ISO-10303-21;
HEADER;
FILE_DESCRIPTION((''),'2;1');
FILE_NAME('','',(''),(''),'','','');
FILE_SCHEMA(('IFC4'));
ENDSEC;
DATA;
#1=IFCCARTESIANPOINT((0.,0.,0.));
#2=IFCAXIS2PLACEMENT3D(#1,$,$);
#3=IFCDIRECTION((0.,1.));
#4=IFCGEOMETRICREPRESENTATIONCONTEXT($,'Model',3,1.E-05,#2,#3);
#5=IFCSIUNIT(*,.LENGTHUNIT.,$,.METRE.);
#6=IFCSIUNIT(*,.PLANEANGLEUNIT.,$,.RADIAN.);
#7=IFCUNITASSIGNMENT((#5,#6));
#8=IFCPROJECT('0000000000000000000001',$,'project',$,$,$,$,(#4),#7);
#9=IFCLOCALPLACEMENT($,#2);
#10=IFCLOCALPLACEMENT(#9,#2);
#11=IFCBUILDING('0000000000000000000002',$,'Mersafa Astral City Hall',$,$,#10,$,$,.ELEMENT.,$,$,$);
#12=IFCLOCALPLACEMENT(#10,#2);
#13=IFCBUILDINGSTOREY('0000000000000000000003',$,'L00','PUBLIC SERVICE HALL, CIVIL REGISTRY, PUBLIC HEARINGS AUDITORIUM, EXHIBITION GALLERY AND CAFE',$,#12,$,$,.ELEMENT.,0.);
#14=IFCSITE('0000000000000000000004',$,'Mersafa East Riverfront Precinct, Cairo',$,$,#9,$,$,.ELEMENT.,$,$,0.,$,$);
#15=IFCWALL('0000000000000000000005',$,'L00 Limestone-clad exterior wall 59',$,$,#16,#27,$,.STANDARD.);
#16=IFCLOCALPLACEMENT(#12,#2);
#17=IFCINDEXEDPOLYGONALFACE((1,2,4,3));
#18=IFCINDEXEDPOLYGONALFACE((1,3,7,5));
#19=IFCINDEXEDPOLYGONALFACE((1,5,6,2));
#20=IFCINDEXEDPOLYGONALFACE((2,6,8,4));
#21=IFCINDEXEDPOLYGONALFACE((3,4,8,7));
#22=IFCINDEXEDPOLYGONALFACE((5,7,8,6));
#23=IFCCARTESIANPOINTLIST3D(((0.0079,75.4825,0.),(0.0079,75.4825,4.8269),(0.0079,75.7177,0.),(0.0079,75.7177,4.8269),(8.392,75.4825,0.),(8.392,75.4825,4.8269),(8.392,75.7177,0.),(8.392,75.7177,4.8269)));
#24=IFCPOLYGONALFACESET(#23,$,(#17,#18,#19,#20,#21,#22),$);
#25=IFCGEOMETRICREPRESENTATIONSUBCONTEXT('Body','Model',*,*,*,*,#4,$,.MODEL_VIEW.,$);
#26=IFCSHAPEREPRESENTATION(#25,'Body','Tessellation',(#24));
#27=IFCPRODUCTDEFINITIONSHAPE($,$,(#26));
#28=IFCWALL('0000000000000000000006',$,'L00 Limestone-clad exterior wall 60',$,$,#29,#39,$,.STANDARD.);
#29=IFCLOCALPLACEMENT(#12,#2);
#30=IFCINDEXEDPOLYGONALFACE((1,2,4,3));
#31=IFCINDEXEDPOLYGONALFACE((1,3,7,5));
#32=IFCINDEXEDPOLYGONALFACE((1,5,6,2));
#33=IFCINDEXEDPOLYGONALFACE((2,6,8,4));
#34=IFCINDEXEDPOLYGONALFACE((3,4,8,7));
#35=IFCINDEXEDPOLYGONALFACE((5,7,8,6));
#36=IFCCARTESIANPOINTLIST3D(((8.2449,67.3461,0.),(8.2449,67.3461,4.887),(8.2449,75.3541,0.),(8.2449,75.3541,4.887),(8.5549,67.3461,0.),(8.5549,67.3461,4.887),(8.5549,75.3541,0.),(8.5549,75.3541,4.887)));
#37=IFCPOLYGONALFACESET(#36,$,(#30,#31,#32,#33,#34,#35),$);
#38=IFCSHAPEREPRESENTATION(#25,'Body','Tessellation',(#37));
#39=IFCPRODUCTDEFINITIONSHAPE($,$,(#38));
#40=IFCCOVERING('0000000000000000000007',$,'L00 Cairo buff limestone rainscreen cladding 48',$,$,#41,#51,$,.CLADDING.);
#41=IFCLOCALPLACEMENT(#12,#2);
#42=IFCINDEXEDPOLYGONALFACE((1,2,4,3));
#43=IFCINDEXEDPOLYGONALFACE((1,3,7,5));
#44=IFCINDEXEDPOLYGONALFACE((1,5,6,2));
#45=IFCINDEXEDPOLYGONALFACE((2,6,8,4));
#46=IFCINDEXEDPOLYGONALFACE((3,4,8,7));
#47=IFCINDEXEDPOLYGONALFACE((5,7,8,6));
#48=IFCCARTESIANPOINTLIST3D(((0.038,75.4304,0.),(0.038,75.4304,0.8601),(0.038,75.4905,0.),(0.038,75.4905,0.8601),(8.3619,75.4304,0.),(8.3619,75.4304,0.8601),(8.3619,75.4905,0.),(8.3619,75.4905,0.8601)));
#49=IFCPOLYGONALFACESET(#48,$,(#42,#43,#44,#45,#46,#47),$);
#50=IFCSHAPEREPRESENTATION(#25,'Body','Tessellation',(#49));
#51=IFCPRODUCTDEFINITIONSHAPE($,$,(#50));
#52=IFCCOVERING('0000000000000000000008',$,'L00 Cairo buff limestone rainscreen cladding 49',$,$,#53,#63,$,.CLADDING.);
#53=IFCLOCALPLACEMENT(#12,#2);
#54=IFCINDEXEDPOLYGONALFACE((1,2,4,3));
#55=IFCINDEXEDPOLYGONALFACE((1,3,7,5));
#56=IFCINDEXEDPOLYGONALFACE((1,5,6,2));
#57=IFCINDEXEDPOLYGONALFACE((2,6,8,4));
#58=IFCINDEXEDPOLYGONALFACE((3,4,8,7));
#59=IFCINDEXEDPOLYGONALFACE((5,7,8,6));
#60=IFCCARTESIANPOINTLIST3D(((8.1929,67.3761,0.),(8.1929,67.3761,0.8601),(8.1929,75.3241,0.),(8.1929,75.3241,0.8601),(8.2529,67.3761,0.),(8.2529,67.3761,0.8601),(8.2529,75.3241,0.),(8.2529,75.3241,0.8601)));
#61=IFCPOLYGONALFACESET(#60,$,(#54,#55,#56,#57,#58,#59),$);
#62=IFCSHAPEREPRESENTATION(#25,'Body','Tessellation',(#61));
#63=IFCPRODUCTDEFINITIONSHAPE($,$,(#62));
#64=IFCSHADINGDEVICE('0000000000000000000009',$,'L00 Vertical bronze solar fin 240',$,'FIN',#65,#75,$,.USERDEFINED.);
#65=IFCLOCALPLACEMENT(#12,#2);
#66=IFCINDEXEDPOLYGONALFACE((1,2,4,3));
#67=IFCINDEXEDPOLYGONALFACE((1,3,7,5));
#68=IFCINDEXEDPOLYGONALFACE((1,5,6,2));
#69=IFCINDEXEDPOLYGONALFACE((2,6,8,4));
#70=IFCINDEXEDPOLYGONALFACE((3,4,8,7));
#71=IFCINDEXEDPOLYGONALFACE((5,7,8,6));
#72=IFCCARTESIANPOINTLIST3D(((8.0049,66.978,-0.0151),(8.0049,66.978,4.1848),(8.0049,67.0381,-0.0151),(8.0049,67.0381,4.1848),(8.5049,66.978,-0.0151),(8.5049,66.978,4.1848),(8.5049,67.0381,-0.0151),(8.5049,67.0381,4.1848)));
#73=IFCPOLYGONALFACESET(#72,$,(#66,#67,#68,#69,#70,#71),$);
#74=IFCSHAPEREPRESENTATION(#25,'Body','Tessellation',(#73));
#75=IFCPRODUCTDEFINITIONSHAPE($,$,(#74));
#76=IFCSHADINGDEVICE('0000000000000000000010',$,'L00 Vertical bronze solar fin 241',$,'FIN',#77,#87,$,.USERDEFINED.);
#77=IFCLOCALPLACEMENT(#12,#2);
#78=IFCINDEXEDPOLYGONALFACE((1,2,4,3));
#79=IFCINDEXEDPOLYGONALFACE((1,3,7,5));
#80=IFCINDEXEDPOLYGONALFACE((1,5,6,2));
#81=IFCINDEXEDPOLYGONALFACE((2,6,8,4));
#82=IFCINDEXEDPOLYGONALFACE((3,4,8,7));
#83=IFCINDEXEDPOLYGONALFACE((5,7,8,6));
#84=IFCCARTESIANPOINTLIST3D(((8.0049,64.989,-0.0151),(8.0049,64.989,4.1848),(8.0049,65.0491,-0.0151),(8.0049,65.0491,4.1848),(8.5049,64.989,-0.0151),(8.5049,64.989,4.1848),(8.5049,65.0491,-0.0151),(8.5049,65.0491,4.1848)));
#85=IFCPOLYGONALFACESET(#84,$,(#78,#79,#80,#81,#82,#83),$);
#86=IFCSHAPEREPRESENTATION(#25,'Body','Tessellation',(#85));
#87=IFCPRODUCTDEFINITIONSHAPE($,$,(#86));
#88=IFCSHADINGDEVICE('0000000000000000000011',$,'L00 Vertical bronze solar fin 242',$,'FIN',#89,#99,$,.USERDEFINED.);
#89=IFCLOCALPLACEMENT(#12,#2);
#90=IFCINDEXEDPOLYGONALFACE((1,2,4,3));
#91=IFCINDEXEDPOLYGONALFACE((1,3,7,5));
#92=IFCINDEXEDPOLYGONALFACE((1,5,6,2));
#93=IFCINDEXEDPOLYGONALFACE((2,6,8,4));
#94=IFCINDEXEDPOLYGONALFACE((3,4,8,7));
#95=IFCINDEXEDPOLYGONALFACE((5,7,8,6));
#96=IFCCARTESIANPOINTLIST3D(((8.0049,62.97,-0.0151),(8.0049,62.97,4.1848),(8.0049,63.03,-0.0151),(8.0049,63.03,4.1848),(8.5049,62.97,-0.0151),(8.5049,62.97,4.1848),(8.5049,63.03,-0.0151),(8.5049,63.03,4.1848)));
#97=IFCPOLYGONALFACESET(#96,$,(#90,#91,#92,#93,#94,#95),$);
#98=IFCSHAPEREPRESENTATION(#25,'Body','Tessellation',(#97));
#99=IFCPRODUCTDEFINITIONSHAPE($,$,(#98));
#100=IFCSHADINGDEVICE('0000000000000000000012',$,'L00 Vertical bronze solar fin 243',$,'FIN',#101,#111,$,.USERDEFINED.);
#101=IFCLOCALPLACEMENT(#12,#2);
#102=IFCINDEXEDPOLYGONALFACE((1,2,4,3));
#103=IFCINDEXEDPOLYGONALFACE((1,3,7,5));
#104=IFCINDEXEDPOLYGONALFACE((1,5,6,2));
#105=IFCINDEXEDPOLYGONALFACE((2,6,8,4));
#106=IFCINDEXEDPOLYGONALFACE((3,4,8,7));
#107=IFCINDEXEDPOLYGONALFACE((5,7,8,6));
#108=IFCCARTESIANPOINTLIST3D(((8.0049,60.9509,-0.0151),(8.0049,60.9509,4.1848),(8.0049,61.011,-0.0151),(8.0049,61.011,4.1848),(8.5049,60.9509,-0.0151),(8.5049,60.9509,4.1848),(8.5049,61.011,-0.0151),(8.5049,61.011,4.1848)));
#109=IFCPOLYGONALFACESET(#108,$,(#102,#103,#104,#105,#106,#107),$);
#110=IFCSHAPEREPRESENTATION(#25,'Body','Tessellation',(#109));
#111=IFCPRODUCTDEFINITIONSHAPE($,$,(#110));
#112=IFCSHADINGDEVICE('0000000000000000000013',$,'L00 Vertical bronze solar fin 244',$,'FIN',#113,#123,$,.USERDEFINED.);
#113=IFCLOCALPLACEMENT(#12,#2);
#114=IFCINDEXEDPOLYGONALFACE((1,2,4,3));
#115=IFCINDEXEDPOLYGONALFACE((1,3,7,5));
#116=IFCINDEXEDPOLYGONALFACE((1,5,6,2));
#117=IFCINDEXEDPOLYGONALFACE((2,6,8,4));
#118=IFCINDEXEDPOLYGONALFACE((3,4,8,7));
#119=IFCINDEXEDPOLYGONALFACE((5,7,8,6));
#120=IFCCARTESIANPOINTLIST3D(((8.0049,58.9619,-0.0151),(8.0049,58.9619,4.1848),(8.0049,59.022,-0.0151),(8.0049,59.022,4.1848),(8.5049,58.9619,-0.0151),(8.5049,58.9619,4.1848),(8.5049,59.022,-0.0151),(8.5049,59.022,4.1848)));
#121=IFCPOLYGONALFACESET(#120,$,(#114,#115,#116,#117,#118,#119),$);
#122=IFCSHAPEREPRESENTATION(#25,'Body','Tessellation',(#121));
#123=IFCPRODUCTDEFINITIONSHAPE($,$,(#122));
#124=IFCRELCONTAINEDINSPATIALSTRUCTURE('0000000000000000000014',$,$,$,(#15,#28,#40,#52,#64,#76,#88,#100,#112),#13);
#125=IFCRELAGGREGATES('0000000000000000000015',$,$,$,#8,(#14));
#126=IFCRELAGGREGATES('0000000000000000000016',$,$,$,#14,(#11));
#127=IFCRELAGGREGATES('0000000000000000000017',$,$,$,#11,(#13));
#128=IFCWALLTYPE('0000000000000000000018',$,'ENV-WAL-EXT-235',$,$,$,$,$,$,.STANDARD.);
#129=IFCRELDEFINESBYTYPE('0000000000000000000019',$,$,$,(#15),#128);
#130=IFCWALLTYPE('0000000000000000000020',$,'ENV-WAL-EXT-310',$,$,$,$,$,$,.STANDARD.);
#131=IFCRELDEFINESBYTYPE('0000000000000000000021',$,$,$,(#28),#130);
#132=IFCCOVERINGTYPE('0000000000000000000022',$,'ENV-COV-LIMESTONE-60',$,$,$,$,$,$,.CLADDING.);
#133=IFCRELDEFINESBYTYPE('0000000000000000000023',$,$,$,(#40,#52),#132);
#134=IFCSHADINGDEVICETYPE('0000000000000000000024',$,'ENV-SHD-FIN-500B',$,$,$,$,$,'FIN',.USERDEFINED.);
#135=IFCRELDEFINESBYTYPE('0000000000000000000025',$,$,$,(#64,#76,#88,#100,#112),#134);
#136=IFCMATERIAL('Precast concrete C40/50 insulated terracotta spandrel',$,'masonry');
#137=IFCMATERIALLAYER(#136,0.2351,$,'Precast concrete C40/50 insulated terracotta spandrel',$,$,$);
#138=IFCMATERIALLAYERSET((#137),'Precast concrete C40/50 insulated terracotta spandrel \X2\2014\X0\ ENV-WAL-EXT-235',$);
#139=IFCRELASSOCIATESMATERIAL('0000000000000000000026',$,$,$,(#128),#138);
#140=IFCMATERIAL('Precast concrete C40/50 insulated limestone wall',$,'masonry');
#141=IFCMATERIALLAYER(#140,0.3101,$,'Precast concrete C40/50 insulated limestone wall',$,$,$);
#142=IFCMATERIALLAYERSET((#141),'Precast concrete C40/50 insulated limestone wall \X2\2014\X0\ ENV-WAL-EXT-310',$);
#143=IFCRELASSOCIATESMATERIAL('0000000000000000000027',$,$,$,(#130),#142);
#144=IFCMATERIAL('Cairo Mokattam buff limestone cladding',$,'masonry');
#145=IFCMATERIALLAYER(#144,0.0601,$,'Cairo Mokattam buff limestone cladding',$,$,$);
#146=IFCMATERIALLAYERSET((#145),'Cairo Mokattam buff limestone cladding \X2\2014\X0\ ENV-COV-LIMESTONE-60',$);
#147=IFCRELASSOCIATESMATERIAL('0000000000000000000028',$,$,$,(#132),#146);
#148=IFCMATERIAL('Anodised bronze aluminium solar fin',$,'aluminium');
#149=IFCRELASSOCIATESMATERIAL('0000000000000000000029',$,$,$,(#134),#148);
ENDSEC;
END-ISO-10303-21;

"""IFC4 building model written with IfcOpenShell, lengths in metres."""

from ifc_helpers import new_model, si_unit, direction, frame, frame_2d, origin, origin_2d, place, context, subcontext, project, spatial, rectangle, extrude, material, layer, layer_set, type_object, element, save


model = new_model("IFC4")

# Units and contexts
model_context = context("Model", 3, precision=1e-05, world=origin(), true_north=direction((0.0, 1.0)))
body_context = subcontext(model_context, "Body", "Model", "MODEL_VIEW")
ifc_project = project(units=[si_unit("LENGTHUNIT", "METRE"), si_unit("PLANEANGLEUNIT", "RADIAN")], contexts=[model_context])

# Site, building, storey
site_placement = place(None, origin())
site = spatial("IfcSite", under=ifc_project, at=site_placement, Name="Mersafa East Riverfront Precinct, Cairo", CompositionType="ELEMENT", RefElevation=0.0)
building_placement = place(site_placement, origin())
building = spatial("IfcBuilding", under=site, at=building_placement, Name="Mersafa Astral City Hall", CompositionType="ELEMENT")
storey_placement = place(building_placement, origin())
storey = spatial("IfcBuildingStorey", under=building, at=storey_placement, Name="L00", Description="PUBLIC SERVICE HALL, CIVIL REGISTRY, PUBLIC HEARINGS AUDITORIUM, EXHIBITION GALLERY AND CAFE", CompositionType="ELEMENT", Elevation=0.0)

# Walls
ifc_material_1 = material(Name="Precast concrete C40/50 insulated terracotta spandrel", Category="masonry")
ifc_layer_1 = layer(ifc_material_1, 0.2351, Name="Precast concrete C40/50 insulated terracotta spandrel")
ifc_layer_set_1 = layer_set([ifc_layer_1], Name="Precast concrete C40/50 insulated terracotta spandrel — ENV-WAL-EXT-235")
wall_type_1 = type_object("IfcWallType", Name="ENV-WAL-EXT-235", PredefinedType="STANDARD", material=ifc_layer_set_1)
wall_1_placement = place(storey_placement, frame((0.0081, 75.6001, 0.0), z_axis=(0.0, 0.0, 1.0), x_axis=(1.0, 0.0, 0.0)))
element("IfcWall", 1, at=wall_1_placement, inside=storey, type_object=wall_type_1, Name="L00 Limestone-clad exterior wall 59", PredefinedType="STANDARD", context=body_context, shape_type="SweptSolid", body=[
    extrude(rectangle(XDim=8.384, YDim=0.2351, at=frame_2d((4.1919, 0.0))), origin(), (0.0, 0.0, 1.0), 4.8269),
])
ifc_material_2 = material(Name="Precast concrete C40/50 insulated limestone wall", Category="masonry")
ifc_layer_2 = layer(ifc_material_2, 0.3101, Name="Precast concrete C40/50 insulated limestone wall")
ifc_layer_set_2 = layer_set([ifc_layer_2], Name="Precast concrete C40/50 insulated limestone wall — ENV-WAL-EXT-310")
wall_type_2 = type_object("IfcWallType", Name="ENV-WAL-EXT-310", PredefinedType="STANDARD", material=ifc_layer_set_2)
wall_2_placement = place(storey_placement, frame((8.3999, 75.354, 0.0), z_axis=(0.0, 0.0, 1.0), x_axis=(0.0, -1.0, 0.0)))
element("IfcWall", 2, at=wall_2_placement, inside=storey, type_object=wall_type_2, Name="L00 Limestone-clad exterior wall 60", PredefinedType="STANDARD", context=body_context, shape_type="SweptSolid", body=[
    extrude(rectangle(XDim=8.0081, YDim=0.3101, at=frame_2d((4.0039, 0.0))), origin(), (0.0, 0.0, 1.0), 4.887),
])

# Coverings
ifc_material_3 = material(Name="Cairo Mokattam buff limestone cladding", Category="masonry")
ifc_layer_3 = layer(ifc_material_3, 0.0601, Name="Cairo Mokattam buff limestone cladding")
ifc_layer_set_3 = layer_set([ifc_layer_3], Name="Cairo Mokattam buff limestone cladding — ENV-COV-LIMESTONE-60")
covering_type = type_object("IfcCoveringType", Name="ENV-COV-LIMESTONE-60", PredefinedType="CLADDING", material=ifc_layer_set_3)
covering_1_placement = place(storey_placement, frame((4.2, 75.4604, 0.0), z_axis=(0.0, 0.0, 1.0), x_axis=(1.0, 0.0, 0.0)))
element("IfcCovering", 3, at=covering_1_placement, inside=storey, type_object=covering_type, Name="L00 Cairo buff limestone rainscreen cladding 48", PredefinedType="CLADDING", context=body_context, shape_type="SweptSolid", body=[
    extrude(rectangle(XDim=8.324, YDim=0.0601, at=origin_2d()), origin(), (0.0, 0.0, 1.0), 0.8601),
])
covering_2_placement = place(storey_placement, frame((8.2229, 71.3501, 0.0), z_axis=(0.0, 0.0, 1.0), x_axis=(0.0, -1.0, 0.0)))
element("IfcCovering", 4, at=covering_2_placement, inside=storey, type_object=covering_type, Name="L00 Cairo buff limestone rainscreen cladding 49", PredefinedType="CLADDING", context=body_context, shape_type="SweptSolid", body=[
    extrude(rectangle(XDim=7.948, YDim=0.0601, at=origin_2d()), origin(), (0.0, 0.0, 1.0), 0.8601),
])

# Shading devices
ifc_material_4 = material(Name="Anodised bronze aluminium solar fin", Category="aluminium")
shading_device_type = type_object("IfcShadingDeviceType", Name="ENV-SHD-FIN-500B", ElementType="FIN", PredefinedType="USERDEFINED", material=ifc_material_4)
for number, where, z_axis, x_axis, name in (
    (5, (8.2549, 67.0081, -0.0151), (0.0, 0.0, 1.0), (0.0, -1.0, 0.0), "L00 Vertical bronze solar fin 240"),
    (6, (8.2549, 65.019, -0.0151), (0.0, 0.0, 1.0), (0.0, -1.0, 0.0), "L00 Vertical bronze solar fin 241"),
    (7, (8.2549, 63.0, -0.0151), (0.0, 0.0, 1.0), (0.0, -1.0, 0.0), "L00 Vertical bronze solar fin 242"),
    (8, (8.2549, 60.981, -0.0151), (0.0, 0.0, 1.0), (0.0, -1.0, 0.0), "L00 Vertical bronze solar fin 243"),
    (9, (8.2549, 58.9919, -0.0151), (0.0, 0.0, 1.0), (0.0, -1.0, 0.0), "L00 Vertical bronze solar fin 244"),
):
    element("IfcShadingDevice", number, at=place(storey_placement, frame(where, z_axis=z_axis, x_axis=x_axis)), inside=storey, type_object=shading_device_type, Name=name, ObjectType="FIN", PredefinedType="USERDEFINED", context=body_context, shape_type="SweptSolid", body=[
        extrude(rectangle(XDim=0.0601, YDim=0.5, at=origin_2d()), origin(), (0.0, 0.0, 1.0), 4.2),
    ])

save(model, "model.ifc")
